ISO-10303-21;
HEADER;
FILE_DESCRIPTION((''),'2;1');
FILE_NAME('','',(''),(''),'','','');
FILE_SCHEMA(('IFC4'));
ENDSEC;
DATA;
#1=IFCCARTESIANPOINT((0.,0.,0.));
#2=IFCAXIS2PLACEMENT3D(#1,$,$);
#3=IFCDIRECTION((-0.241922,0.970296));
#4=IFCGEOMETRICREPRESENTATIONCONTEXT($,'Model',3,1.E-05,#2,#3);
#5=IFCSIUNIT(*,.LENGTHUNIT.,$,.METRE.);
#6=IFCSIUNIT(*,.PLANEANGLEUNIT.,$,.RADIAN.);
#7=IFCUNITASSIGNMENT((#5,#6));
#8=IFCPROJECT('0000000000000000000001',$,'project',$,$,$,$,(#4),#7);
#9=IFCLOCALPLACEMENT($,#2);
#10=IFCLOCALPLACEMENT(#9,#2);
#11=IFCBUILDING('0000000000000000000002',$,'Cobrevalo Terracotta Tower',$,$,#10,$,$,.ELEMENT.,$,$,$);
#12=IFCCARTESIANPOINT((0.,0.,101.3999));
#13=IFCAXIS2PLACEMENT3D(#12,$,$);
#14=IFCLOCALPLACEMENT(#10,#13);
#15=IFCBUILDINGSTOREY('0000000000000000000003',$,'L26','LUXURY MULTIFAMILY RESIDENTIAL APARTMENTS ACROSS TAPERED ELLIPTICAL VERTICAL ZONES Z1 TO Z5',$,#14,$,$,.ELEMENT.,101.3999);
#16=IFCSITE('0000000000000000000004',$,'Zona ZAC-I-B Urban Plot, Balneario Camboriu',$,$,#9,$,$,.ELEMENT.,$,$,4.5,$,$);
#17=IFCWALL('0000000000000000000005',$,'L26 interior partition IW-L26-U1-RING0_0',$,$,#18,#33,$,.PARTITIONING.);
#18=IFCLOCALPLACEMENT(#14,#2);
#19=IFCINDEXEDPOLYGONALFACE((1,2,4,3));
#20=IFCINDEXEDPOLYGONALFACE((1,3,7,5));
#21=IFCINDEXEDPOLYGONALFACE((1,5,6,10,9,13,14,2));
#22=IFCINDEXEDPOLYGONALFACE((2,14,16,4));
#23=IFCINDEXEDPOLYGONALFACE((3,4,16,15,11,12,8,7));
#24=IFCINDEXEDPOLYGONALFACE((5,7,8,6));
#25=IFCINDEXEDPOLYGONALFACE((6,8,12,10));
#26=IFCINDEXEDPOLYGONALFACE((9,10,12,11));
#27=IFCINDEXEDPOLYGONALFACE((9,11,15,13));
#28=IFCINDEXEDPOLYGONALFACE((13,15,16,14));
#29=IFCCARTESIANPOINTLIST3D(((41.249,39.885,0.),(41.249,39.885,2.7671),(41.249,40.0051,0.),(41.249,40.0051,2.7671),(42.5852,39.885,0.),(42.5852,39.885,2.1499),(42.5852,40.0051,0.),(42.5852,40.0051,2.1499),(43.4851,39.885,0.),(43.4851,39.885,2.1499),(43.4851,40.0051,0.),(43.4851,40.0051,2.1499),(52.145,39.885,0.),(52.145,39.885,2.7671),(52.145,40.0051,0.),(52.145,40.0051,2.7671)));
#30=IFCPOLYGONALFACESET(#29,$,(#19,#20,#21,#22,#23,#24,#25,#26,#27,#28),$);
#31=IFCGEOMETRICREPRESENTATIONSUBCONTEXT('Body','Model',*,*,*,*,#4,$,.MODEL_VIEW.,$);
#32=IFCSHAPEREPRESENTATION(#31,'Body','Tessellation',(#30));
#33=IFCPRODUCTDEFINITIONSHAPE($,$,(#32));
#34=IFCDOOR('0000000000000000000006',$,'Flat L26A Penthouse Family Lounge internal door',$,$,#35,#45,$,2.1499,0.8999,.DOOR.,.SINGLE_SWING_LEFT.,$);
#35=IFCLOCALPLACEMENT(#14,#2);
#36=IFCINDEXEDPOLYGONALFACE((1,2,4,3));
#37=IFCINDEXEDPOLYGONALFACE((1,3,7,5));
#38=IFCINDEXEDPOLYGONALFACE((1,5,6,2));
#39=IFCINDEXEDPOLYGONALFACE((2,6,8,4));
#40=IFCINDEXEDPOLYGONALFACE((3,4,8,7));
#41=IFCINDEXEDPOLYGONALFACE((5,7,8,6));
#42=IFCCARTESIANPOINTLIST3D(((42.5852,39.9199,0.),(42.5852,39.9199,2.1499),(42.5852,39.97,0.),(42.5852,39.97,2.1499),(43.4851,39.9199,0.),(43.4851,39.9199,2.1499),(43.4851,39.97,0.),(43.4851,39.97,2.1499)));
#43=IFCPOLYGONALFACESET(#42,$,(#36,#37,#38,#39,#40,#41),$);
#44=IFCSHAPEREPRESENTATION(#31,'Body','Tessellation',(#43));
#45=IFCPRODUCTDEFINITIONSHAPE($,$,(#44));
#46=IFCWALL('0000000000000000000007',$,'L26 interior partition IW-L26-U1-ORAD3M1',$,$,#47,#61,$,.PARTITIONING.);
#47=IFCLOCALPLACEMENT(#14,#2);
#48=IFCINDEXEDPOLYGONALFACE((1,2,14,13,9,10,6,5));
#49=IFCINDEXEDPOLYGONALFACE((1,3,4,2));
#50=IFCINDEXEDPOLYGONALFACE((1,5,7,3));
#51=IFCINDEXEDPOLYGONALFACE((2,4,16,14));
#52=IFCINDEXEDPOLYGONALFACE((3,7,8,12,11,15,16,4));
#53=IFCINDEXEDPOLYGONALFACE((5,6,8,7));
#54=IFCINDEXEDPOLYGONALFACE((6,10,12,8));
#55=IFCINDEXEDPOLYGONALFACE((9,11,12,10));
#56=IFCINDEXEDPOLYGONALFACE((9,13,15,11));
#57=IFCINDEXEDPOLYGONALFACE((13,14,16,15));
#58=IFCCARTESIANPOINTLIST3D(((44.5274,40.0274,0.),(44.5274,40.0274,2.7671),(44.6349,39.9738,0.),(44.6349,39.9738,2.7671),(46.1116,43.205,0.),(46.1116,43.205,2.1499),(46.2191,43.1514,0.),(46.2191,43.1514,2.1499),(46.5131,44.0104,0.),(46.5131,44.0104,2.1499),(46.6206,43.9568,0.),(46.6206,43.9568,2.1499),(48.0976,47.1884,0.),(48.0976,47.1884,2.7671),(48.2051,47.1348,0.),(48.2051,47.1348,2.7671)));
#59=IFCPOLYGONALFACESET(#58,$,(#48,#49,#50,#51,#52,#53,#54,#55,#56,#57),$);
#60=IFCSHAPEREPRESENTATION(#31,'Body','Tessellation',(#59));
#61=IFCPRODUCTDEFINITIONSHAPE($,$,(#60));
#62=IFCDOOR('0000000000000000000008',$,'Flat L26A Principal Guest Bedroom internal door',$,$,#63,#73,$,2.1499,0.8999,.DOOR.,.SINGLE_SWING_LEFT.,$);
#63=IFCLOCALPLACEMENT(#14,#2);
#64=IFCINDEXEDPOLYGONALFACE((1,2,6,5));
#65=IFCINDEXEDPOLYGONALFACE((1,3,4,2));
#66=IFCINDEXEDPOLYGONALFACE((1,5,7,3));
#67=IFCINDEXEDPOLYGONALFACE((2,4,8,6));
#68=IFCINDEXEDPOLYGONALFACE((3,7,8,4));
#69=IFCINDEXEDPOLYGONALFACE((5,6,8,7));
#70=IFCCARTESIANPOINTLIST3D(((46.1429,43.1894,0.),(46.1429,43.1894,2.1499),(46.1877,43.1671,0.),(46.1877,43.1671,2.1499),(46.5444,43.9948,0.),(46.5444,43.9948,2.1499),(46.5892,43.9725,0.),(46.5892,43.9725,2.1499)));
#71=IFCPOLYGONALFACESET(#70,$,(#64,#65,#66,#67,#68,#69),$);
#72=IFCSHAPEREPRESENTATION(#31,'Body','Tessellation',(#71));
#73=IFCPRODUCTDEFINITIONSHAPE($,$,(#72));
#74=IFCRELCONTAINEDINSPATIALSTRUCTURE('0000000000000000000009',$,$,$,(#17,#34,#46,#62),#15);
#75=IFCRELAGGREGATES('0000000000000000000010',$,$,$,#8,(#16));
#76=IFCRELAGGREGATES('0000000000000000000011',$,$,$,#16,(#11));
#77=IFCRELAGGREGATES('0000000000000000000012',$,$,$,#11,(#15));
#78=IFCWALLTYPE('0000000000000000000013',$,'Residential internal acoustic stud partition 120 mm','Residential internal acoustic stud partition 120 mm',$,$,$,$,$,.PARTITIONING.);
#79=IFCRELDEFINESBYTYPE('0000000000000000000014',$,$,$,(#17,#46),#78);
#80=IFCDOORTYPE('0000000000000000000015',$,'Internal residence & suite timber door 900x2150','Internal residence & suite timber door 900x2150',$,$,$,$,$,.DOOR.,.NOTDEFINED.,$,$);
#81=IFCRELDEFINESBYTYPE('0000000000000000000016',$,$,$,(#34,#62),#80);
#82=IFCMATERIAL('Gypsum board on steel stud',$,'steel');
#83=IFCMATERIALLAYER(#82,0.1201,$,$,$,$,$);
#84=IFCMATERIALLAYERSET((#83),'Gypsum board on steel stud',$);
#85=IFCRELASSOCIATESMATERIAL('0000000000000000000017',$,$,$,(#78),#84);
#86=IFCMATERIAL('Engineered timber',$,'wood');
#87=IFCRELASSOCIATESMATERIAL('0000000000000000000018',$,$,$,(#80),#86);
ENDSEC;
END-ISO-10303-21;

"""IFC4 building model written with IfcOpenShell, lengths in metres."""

from ifc_helpers import new_model, si_unit, direction, frame, frame_2d, origin, place, context, subcontext, project, spatial, rectangle, extrude, source, transform, mapped, material, layer, layer_set, type_object, element, fill, save


model = new_model("IFC4")

# Units and contexts
model_context = context("Model", 3, precision=1e-05, world=origin(), true_north=direction((-0.241922, 0.970296)))
body_context = subcontext(model_context, "Body", "Model", "MODEL_VIEW")
ifc_project = project(units=[si_unit("LENGTHUNIT", "METRE"), si_unit("PLANEANGLEUNIT", "RADIAN")], contexts=[model_context])

# Site, building, storey
site_placement = place(None, origin())
site = spatial("IfcSite", under=ifc_project, at=site_placement, Name="Zona ZAC-I-B Urban Plot, Balneario Camboriu", CompositionType="ELEMENT", RefElevation=4.5)
building_placement = place(site_placement, origin())
building = spatial("IfcBuilding", under=site, at=building_placement, Name="Cobrevalo Terracotta Tower", CompositionType="ELEMENT")
storey_placement = place(building_placement, frame((0.0, 0.0, 101.3999)))
storey = spatial("IfcBuildingStorey", under=building, at=storey_placement, Name="L26", Description="LUXURY MULTIFAMILY RESIDENTIAL APARTMENTS ACROSS TAPERED ELLIPTICAL VERTICAL ZONES Z1 TO Z5", CompositionType="ELEMENT", Elevation=101.3999)

# Shared definitions
ifc_material_1 = material(Name="Gypsum board on steel stud", Category="steel")

# Walls, openings, doors
ifc_layer_1 = layer(ifc_material_1, 0.1201)
ifc_layer_set_1 = layer_set([ifc_layer_1], Name="Gypsum board on steel stud")
wall_type_1 = type_object("IfcWallType", Name="Residential internal acoustic stud partition 120 mm", Description="Residential internal acoustic stud partition 120 mm", PredefinedType="PARTITIONING", material=ifc_layer_set_1)
wall_1_placement = place(storey_placement, frame((41.249, 39.9451, 0.0), z_axis=(0.0, 0.0, 1.0), x_axis=(1.0, 0.0, 0.0)))
wall_1 = element("IfcWall", 1, at=wall_1_placement, inside=storey, type_object=wall_type_1, Name="L26 interior partition IW-L26-U1-RING0_0", PredefinedType="PARTITIONING", context=body_context, shape_type="SweptSolid", body=[
    extrude(rectangle(XDim=10.896, YDim=0.1201, at=frame_2d((5.448, 0.0))), origin(), (0.0, 0.0, 1.0), 2.7671),
])
opening_1_placement = place(wall_1_placement, frame((1.3362, 0.0, 0.0)))
opening_1 = element("IfcOpeningElement", 2, at=opening_1_placement, cuts=wall_1, PredefinedType="OPENING", context=body_context, shape_type="SweptSolid", body=[
    extrude(rectangle(XDim=0.8999, YDim=2.1499, at=frame_2d((0.45, 1.075))), frame((0.0, 0.0701, 0.0), z_axis=(0.0, -1.0, 0.0), x_axis=(1.0, 0.0, 0.0)), (0.0, 0.0, 1.0), 0.1401),
])
ifc_material_2 = material(Name="Engineered timber", Category="wood")
door_type_1 = type_object("IfcDoorType", Name="Internal residence & suite timber door 900x2150", Description="Internal residence & suite timber door 900x2150", OperationType="NOTDEFINED", PredefinedType="DOOR", material=ifc_material_2)
shared_shape_1 = source(origin(), body_context, "Body", "SweptSolid", [
    extrude(rectangle(XDim=0.8999, YDim=2.1499, at=frame_2d((0.45, 1.075))), frame((0.0, 0.0249, 0.0), z_axis=(0.0, -1.0, 0.0), x_axis=(1.0, 0.0, 0.0)), (0.0, 0.0, 1.0), 0.05),
])
door_1_placement = place(opening_1_placement, origin())
door_1 = element("IfcDoor", 3, at=door_1_placement, inside=storey, type_object=door_type_1, Name="Flat L26A Penthouse Family Lounge internal door", OperationType="SINGLE_SWING_LEFT", OverallHeight=2.1499, OverallWidth=0.8999, PredefinedType="DOOR", context=body_context, shape_type="MappedRepresentation", body=[
    mapped(shared_shape_1, transform((0.0, 0.0, 0.0), scale=1.0)),
])
fill(opening_1, door_1)
wall_2_placement = place(storey_placement, frame((44.5811, 40.0005, 0.0), z_axis=(0.0, 0.0, 1.0), x_axis=(0.446188, 0.894939, 0.0)))
wall_2 = element("IfcWall", 4, at=wall_2_placement, inside=storey, type_object=wall_type_1, Name="L26 interior partition IW-L26-U1-ORAD3M1", PredefinedType="PARTITIONING", context=body_context, shape_type="SweptSolid", body=[
    extrude(rectangle(XDim=8.0017, YDim=0.1201, at=frame_2d((4.001, 0.0))), origin(), (0.0, 0.0, 1.0), 2.7671),
])
opening_2_placement = place(wall_2_placement, frame((3.5508, 0.0, 0.0)))
opening_2 = element("IfcOpeningElement", 5, at=opening_2_placement, cuts=wall_2, PredefinedType="OPENING", context=body_context, shape_type="SweptSolid", body=[
    extrude(rectangle(XDim=0.8999, YDim=2.1499, at=frame_2d((0.45, 1.075))), frame((0.0, 0.0701, 0.0), z_axis=(0.0, -1.0, 0.0), x_axis=(1.0, 0.0, 0.0)), (0.0, 0.0, 1.0), 0.1401),
])
door_2_placement = place(opening_2_placement, frame((0.8999, 0.0, 0.0), z_axis=(0.0, 0.0, 1.0), x_axis=(-1.0, 0.0, 0.0)))
door_2 = element("IfcDoor", 6, at=door_2_placement, inside=storey, type_object=door_type_1, Name="Flat L26A Principal Guest Bedroom internal door", OperationType="SINGLE_SWING_LEFT", OverallHeight=2.1499, OverallWidth=0.8999, PredefinedType="DOOR", context=body_context, shape_type="MappedRepresentation", body=[
    mapped(shared_shape_1, transform((0.0, 0.0, 0.0), scale=1.0)),
])
fill(opening_2, door_2)

save(model, "model.ifc")
